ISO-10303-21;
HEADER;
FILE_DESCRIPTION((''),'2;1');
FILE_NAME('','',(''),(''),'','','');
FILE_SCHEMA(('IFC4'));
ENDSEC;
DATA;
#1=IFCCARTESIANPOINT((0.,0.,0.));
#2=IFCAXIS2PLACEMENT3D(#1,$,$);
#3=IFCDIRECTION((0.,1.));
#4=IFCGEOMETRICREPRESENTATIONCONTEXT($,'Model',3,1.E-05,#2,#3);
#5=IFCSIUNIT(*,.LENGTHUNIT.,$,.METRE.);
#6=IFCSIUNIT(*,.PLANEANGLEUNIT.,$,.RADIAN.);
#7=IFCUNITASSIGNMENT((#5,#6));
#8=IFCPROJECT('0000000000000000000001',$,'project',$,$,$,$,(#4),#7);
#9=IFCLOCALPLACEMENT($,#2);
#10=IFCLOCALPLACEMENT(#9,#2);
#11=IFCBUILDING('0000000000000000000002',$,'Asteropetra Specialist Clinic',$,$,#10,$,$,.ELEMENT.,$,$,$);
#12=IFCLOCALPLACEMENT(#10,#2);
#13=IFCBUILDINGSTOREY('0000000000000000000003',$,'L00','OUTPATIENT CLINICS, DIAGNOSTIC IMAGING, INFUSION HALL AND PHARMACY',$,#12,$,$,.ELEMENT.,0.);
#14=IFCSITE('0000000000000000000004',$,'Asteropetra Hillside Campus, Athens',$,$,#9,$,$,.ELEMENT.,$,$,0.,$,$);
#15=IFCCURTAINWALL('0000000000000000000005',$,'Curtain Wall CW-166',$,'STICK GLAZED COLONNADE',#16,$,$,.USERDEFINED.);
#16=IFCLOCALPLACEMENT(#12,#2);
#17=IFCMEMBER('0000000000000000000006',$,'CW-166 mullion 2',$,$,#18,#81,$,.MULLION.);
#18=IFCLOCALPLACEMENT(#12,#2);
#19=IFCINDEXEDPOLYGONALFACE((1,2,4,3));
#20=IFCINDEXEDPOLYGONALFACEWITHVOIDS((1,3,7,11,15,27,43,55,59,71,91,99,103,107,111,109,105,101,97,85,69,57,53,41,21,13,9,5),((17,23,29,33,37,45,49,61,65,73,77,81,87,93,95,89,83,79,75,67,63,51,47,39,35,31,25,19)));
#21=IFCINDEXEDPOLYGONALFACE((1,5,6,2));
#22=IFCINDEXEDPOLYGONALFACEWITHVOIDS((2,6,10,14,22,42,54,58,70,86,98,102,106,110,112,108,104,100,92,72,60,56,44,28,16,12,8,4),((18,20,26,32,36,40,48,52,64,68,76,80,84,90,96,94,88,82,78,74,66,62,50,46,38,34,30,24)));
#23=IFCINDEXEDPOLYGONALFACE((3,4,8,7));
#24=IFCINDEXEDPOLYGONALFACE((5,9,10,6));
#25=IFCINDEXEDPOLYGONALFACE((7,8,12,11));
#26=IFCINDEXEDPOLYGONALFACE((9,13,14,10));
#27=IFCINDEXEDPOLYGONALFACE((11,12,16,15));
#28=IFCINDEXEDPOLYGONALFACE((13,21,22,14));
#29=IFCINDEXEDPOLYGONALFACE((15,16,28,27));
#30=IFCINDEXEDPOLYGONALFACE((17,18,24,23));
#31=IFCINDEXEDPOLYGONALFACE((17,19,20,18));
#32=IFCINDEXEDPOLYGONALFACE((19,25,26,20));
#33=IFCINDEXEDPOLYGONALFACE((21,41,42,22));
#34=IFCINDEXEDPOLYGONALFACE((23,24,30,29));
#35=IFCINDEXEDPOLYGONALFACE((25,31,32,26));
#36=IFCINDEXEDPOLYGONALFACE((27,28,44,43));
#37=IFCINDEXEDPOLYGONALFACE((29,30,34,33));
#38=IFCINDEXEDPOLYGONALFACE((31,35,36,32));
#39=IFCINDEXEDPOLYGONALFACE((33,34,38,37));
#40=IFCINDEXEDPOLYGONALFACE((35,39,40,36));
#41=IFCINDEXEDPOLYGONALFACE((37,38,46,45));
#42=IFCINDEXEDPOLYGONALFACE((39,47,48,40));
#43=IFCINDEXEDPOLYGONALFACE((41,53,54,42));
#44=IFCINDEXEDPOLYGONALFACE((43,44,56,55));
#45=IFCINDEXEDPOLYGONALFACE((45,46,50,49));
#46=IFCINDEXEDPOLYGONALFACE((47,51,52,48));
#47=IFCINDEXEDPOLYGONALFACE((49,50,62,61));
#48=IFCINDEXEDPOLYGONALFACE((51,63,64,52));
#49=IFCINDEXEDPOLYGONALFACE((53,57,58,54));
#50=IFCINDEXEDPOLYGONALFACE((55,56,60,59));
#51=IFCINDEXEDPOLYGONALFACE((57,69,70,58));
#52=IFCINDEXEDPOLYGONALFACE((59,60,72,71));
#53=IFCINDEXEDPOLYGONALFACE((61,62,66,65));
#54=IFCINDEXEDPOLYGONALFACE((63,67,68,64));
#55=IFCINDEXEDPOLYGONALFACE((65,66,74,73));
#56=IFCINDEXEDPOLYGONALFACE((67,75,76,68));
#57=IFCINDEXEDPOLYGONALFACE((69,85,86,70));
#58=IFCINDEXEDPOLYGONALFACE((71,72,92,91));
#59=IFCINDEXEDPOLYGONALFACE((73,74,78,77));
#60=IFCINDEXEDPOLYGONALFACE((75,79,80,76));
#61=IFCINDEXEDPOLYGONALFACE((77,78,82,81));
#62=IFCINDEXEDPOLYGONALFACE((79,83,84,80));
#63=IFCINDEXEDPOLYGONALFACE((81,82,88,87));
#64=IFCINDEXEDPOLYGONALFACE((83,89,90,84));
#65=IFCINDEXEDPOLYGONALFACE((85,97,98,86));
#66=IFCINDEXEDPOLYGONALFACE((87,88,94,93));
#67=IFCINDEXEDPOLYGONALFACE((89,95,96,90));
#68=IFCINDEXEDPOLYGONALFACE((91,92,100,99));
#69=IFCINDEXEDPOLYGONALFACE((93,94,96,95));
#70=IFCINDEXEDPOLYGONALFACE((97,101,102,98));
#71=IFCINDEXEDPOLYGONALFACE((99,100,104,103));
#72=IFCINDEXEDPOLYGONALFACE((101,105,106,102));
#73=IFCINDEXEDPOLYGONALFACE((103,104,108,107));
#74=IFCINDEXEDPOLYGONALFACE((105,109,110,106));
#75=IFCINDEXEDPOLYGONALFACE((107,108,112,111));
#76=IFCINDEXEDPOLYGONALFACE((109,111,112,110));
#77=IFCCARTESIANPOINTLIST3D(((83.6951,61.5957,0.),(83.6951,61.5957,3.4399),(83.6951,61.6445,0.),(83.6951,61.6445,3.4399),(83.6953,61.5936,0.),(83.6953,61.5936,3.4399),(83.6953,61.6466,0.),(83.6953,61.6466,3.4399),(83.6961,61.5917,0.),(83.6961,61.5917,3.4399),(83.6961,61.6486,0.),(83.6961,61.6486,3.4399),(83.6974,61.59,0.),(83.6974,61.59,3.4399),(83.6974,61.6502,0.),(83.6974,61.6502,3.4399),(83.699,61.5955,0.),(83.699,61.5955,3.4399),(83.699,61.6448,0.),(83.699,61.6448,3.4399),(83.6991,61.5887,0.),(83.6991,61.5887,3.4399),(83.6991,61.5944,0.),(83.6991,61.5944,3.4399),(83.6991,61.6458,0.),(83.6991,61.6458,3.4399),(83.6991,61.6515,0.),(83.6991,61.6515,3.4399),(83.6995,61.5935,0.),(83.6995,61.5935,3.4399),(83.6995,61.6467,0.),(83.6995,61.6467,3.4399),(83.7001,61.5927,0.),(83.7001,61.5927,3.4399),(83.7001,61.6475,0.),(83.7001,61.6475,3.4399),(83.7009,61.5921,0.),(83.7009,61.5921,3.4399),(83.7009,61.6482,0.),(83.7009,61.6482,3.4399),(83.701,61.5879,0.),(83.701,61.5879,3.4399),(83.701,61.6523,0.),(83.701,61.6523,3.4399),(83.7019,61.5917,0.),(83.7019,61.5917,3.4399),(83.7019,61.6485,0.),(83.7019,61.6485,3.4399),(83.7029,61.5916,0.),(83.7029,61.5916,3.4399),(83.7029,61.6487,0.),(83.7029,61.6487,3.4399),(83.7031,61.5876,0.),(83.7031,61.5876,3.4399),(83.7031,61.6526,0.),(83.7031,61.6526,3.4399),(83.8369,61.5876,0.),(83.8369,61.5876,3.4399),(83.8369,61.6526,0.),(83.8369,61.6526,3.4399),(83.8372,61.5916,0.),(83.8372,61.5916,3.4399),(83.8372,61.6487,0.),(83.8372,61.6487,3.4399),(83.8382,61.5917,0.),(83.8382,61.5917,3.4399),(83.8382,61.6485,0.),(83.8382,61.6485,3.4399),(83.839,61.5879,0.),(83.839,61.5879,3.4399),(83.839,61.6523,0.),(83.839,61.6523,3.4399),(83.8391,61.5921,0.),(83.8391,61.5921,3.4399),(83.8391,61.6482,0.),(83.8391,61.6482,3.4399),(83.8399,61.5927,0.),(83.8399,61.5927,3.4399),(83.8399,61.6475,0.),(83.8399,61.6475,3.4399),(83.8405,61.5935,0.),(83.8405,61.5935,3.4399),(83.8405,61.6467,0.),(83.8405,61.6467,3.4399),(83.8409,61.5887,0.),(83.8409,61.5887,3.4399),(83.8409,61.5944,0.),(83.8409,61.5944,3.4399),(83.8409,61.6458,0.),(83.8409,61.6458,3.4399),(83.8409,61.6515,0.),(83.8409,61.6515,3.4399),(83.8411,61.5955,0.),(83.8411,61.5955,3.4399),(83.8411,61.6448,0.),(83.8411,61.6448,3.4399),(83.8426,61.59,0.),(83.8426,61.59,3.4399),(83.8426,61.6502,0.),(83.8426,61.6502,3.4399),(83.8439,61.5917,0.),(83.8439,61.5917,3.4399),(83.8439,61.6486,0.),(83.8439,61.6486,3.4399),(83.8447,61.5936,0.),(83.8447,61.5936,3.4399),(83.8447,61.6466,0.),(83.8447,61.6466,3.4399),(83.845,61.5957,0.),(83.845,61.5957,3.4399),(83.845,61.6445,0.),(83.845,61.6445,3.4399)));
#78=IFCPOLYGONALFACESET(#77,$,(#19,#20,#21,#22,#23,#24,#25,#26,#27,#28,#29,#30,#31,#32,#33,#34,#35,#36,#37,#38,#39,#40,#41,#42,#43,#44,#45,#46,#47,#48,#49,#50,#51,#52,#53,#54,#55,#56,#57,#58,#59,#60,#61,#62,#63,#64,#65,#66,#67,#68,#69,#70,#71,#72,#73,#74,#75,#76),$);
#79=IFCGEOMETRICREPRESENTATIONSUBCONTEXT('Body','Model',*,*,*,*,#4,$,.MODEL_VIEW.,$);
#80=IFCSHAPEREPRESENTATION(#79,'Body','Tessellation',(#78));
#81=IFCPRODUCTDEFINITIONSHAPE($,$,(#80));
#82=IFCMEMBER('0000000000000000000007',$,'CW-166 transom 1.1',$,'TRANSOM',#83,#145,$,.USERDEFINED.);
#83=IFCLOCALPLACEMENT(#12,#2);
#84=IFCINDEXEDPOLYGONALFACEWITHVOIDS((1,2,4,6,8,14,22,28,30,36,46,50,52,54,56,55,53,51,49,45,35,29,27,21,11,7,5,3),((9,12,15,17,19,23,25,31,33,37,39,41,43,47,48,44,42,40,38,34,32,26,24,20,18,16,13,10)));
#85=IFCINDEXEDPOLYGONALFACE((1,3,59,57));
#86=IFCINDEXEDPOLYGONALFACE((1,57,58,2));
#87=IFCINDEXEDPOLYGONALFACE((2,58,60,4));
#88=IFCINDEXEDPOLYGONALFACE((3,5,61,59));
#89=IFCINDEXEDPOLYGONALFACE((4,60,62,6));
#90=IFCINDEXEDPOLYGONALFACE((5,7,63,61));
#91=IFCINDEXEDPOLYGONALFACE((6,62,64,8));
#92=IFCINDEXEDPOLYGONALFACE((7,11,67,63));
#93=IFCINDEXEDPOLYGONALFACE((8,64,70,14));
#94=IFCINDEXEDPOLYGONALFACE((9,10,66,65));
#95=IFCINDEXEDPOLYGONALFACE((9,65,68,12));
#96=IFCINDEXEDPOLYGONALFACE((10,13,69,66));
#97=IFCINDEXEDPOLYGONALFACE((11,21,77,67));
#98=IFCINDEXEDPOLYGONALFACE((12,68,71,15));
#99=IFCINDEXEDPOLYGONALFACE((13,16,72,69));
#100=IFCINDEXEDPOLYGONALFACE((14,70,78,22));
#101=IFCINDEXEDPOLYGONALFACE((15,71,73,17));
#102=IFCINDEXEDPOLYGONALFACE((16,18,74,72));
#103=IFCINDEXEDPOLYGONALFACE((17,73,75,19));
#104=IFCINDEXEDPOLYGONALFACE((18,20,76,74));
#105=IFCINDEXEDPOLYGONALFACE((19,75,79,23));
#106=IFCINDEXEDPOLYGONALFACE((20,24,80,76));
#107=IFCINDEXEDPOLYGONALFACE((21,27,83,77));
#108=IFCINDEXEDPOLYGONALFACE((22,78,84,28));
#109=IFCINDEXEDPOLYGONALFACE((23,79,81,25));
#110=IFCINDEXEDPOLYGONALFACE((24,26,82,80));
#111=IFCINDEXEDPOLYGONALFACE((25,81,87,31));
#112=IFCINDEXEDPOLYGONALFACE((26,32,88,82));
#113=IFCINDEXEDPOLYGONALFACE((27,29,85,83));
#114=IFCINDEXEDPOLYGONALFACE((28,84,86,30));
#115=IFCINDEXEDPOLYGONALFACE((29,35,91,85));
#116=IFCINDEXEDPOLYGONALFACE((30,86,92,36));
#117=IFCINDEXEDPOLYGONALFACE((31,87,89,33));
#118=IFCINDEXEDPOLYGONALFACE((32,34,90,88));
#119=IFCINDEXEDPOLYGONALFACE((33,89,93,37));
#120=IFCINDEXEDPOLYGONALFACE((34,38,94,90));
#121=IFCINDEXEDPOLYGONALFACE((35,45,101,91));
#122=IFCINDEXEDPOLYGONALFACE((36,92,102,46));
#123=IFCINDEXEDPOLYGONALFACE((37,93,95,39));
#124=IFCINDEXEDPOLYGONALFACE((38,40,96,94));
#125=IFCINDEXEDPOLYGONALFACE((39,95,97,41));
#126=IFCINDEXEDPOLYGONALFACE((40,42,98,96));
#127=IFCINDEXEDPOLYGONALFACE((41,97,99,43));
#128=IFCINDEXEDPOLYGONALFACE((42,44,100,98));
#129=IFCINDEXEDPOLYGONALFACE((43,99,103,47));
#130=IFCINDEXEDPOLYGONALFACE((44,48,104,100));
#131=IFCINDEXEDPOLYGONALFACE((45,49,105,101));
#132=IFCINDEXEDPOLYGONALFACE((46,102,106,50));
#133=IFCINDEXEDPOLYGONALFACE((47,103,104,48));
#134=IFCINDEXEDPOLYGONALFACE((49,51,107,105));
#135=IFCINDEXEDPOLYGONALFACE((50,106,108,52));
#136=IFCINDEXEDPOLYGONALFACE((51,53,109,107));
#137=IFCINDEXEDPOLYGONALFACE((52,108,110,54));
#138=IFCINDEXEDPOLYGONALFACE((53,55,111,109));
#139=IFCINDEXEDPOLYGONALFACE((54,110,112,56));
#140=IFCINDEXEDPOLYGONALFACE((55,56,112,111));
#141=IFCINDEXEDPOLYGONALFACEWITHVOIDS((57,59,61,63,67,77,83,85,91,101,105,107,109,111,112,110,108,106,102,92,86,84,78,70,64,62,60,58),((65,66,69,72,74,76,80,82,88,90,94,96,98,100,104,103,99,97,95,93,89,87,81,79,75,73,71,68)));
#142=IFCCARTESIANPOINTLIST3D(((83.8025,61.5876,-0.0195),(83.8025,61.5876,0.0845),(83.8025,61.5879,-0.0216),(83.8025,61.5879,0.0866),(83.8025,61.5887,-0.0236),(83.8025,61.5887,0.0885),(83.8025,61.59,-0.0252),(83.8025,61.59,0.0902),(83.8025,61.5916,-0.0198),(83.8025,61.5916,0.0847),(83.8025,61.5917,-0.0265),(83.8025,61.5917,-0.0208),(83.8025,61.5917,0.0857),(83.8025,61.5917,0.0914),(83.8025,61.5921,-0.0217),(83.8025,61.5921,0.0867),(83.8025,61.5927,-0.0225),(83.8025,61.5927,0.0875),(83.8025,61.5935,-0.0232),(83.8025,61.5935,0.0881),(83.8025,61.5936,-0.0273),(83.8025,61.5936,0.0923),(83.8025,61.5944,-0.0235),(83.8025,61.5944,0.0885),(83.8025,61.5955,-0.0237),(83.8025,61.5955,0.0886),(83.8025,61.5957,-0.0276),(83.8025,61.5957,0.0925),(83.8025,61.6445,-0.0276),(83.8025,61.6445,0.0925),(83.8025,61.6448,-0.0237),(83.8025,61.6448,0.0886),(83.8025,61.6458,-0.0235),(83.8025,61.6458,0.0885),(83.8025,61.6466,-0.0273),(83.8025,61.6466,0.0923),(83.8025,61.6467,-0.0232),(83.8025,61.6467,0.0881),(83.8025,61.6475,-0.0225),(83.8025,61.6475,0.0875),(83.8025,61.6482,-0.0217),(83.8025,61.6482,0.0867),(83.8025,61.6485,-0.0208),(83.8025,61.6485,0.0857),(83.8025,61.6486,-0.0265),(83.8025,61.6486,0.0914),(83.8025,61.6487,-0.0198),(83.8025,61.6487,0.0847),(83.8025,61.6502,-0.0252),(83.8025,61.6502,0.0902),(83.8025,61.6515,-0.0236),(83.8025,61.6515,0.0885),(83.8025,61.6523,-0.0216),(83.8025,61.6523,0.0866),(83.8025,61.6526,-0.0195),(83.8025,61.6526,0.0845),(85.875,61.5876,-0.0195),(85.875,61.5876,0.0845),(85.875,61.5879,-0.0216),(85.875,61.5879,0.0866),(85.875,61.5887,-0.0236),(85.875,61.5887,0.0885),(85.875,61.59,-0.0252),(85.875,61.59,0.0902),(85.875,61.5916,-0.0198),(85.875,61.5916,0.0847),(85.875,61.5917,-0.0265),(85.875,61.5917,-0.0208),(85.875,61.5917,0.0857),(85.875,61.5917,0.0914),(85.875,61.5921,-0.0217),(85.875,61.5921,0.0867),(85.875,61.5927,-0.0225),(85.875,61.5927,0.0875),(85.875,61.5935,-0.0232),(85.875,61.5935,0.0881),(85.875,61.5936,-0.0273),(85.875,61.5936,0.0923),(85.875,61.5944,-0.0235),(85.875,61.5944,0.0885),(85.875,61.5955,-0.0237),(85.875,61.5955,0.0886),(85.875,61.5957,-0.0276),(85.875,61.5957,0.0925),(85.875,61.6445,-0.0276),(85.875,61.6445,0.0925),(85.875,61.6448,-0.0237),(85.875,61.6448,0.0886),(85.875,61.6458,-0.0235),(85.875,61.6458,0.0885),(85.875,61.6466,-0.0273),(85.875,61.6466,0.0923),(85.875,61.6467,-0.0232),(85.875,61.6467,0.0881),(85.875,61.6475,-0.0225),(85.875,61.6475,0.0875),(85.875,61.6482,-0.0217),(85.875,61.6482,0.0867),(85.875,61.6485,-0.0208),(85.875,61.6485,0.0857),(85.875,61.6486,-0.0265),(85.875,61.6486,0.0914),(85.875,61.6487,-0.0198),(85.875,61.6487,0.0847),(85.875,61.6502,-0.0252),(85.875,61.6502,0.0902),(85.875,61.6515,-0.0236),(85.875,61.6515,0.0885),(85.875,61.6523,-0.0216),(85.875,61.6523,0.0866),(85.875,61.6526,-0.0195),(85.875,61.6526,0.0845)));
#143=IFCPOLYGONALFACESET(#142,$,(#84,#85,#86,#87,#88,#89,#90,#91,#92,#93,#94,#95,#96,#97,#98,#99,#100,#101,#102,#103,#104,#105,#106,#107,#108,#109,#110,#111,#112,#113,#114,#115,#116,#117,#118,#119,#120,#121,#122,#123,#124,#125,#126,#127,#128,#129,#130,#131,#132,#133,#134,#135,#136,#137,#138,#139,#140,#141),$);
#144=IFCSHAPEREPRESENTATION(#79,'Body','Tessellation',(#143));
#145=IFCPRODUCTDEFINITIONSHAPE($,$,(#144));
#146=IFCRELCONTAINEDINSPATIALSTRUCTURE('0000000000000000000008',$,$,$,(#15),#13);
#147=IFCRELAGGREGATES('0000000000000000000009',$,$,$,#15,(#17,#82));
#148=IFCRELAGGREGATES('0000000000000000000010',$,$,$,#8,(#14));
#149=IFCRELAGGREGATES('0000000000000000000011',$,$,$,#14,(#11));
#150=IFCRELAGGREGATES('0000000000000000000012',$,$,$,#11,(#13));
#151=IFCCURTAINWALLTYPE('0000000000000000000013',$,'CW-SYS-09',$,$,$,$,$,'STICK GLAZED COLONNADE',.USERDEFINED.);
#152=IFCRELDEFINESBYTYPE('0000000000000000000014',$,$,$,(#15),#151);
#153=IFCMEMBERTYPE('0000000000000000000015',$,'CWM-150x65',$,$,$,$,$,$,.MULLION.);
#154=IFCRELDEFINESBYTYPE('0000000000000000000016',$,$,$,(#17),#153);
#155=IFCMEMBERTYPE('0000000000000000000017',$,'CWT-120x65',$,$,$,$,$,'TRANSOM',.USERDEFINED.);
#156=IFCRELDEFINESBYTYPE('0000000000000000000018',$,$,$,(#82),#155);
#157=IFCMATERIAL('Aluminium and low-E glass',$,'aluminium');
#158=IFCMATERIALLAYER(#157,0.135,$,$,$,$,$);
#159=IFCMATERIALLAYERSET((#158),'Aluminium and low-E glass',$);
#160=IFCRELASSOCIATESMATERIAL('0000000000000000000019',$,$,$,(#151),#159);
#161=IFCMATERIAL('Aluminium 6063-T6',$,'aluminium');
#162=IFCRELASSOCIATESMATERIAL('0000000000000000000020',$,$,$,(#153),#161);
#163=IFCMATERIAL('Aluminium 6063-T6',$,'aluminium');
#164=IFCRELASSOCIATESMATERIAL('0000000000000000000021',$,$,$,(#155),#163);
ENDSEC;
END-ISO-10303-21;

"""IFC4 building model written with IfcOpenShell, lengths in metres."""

from ifc_helpers import new_model, si_unit, direction, frame, origin, origin_2d, place, context, subcontext, project, spatial, hollow_rectangle, extrude, material, layer, layer_set, material_profile, profile_set, type_object, element, aggregate, save


model = new_model("IFC4")

# Units and contexts
model_context = context("Model", 3, precision=1e-05, world=origin(), true_north=direction((0.0, 1.0)))
body_context = subcontext(model_context, "Body", "Model", "MODEL_VIEW")
ifc_project = project(units=[si_unit("LENGTHUNIT", "METRE"), si_unit("PLANEANGLEUNIT", "RADIAN")], contexts=[model_context])

# Site, building, storey
site_placement = place(None, origin())
site = spatial("IfcSite", under=ifc_project, at=site_placement, Name="Asteropetra Hillside Campus, Athens", CompositionType="ELEMENT", RefElevation=0.0)
building_placement = place(site_placement, origin())
building = spatial("IfcBuilding", under=site, at=building_placement, Name="Asteropetra Specialist Clinic", CompositionType="ELEMENT")
storey_placement = place(building_placement, origin())
storey = spatial("IfcBuildingStorey", under=building, at=storey_placement, Name="L00", Description="OUTPATIENT CLINICS, DIAGNOSTIC IMAGING, INFUSION HALL AND PHARMACY", CompositionType="ELEMENT", Elevation=0.0)

# Curtain wall, members
ifc_material_1 = material(Name="Aluminium and low-E glass", Category="aluminium")
ifc_layer_1 = layer(ifc_material_1, 0.135)
ifc_layer_set_1 = layer_set([ifc_layer_1], Name="Aluminium and low-E glass")
curtain_wall_type_1 = type_object("IfcCurtainWallType", Name="CW-SYS-09", ElementType="STICK GLAZED COLONNADE", PredefinedType="USERDEFINED", material=ifc_layer_set_1)
curtain_wall_1_placement = place(storey_placement, origin())
curtain_wall_1 = element("IfcCurtainWall", 1, at=curtain_wall_1_placement, inside=storey, type_object=curtain_wall_type_1, Name="Curtain Wall CW-166", ObjectType="STICK GLAZED COLONNADE", PredefinedType="USERDEFINED")
ifc_material_2 = material(Name="Aluminium 6063-T6", Category="aluminium")
ifc_material_profile_1 = material_profile(ifc_material_2, hollow_rectangle(XDim=0.0649, YDim=0.1499, WallThickness=0.0039, InnerFilletRadius=0.0039, OuterFilletRadius=0.0081, at=origin_2d()), Name="MUL 150x65x4.0")
ifc_profile_set_1 = profile_set([ifc_material_profile_1], Name="Aluminium 6063-T6")
member_type_1 = type_object("IfcMemberType", Name="CWM-150x65", PredefinedType="MULLION", material=ifc_profile_set_1)
member_1_placement = place(storey_placement, frame((83.77, 61.6201, 0.0), z_axis=(0.0, 0.0, 1.0), x_axis=(0.0, -1.0, 0.0)))
member_1 = element("IfcMember", 2, at=member_1_placement, type_object=member_type_1, Name="CW-166 mullion 2", PredefinedType="MULLION", context=body_context, shape_type="SweptSolid", body=[
    extrude(hollow_rectangle(XDim=0.0649, YDim=0.1499, WallThickness=0.0039, InnerFilletRadius=0.0039, OuterFilletRadius=0.0081, at=origin_2d()), origin(), (0.0, 0.0, 1.0), 3.4399),
])
ifc_material_3 = material(Name="Aluminium 6063-T6", Category="aluminium")
ifc_material_profile_2 = material_profile(ifc_material_3, hollow_rectangle(XDim=0.0649, YDim=0.1201, WallThickness=0.0039, InnerFilletRadius=0.0039, OuterFilletRadius=0.0081, at=origin_2d()), Name="TRN 120x65x4.0")
ifc_profile_set_2 = profile_set([ifc_material_profile_2], Name="Aluminium 6063-T6")
member_type_2 = type_object("IfcMemberType", Name="CWT-120x65", ElementType="TRANSOM", PredefinedType="USERDEFINED", material=ifc_profile_set_2)
member_2_placement = place(storey_placement, frame((85.875, 61.6201, 0.0325), z_axis=(-1.0, 0.0, 0.0), x_axis=(0.0, -1.0, 0.0)))
member_2 = element("IfcMember", 3, at=member_2_placement, type_object=member_type_2, Name="CW-166 transom 1.1", ObjectType="TRANSOM", PredefinedType="USERDEFINED", context=body_context, shape_type="SweptSolid", body=[
    extrude(hollow_rectangle(XDim=0.0649, YDim=0.1201, WallThickness=0.0039, InnerFilletRadius=0.0039, OuterFilletRadius=0.0081, at=origin_2d()), origin(), (0.0, 0.0, 1.0), 2.0725),
])
aggregate(curtain_wall_1, [member_1, member_2])

save(model, "model.ifc")
